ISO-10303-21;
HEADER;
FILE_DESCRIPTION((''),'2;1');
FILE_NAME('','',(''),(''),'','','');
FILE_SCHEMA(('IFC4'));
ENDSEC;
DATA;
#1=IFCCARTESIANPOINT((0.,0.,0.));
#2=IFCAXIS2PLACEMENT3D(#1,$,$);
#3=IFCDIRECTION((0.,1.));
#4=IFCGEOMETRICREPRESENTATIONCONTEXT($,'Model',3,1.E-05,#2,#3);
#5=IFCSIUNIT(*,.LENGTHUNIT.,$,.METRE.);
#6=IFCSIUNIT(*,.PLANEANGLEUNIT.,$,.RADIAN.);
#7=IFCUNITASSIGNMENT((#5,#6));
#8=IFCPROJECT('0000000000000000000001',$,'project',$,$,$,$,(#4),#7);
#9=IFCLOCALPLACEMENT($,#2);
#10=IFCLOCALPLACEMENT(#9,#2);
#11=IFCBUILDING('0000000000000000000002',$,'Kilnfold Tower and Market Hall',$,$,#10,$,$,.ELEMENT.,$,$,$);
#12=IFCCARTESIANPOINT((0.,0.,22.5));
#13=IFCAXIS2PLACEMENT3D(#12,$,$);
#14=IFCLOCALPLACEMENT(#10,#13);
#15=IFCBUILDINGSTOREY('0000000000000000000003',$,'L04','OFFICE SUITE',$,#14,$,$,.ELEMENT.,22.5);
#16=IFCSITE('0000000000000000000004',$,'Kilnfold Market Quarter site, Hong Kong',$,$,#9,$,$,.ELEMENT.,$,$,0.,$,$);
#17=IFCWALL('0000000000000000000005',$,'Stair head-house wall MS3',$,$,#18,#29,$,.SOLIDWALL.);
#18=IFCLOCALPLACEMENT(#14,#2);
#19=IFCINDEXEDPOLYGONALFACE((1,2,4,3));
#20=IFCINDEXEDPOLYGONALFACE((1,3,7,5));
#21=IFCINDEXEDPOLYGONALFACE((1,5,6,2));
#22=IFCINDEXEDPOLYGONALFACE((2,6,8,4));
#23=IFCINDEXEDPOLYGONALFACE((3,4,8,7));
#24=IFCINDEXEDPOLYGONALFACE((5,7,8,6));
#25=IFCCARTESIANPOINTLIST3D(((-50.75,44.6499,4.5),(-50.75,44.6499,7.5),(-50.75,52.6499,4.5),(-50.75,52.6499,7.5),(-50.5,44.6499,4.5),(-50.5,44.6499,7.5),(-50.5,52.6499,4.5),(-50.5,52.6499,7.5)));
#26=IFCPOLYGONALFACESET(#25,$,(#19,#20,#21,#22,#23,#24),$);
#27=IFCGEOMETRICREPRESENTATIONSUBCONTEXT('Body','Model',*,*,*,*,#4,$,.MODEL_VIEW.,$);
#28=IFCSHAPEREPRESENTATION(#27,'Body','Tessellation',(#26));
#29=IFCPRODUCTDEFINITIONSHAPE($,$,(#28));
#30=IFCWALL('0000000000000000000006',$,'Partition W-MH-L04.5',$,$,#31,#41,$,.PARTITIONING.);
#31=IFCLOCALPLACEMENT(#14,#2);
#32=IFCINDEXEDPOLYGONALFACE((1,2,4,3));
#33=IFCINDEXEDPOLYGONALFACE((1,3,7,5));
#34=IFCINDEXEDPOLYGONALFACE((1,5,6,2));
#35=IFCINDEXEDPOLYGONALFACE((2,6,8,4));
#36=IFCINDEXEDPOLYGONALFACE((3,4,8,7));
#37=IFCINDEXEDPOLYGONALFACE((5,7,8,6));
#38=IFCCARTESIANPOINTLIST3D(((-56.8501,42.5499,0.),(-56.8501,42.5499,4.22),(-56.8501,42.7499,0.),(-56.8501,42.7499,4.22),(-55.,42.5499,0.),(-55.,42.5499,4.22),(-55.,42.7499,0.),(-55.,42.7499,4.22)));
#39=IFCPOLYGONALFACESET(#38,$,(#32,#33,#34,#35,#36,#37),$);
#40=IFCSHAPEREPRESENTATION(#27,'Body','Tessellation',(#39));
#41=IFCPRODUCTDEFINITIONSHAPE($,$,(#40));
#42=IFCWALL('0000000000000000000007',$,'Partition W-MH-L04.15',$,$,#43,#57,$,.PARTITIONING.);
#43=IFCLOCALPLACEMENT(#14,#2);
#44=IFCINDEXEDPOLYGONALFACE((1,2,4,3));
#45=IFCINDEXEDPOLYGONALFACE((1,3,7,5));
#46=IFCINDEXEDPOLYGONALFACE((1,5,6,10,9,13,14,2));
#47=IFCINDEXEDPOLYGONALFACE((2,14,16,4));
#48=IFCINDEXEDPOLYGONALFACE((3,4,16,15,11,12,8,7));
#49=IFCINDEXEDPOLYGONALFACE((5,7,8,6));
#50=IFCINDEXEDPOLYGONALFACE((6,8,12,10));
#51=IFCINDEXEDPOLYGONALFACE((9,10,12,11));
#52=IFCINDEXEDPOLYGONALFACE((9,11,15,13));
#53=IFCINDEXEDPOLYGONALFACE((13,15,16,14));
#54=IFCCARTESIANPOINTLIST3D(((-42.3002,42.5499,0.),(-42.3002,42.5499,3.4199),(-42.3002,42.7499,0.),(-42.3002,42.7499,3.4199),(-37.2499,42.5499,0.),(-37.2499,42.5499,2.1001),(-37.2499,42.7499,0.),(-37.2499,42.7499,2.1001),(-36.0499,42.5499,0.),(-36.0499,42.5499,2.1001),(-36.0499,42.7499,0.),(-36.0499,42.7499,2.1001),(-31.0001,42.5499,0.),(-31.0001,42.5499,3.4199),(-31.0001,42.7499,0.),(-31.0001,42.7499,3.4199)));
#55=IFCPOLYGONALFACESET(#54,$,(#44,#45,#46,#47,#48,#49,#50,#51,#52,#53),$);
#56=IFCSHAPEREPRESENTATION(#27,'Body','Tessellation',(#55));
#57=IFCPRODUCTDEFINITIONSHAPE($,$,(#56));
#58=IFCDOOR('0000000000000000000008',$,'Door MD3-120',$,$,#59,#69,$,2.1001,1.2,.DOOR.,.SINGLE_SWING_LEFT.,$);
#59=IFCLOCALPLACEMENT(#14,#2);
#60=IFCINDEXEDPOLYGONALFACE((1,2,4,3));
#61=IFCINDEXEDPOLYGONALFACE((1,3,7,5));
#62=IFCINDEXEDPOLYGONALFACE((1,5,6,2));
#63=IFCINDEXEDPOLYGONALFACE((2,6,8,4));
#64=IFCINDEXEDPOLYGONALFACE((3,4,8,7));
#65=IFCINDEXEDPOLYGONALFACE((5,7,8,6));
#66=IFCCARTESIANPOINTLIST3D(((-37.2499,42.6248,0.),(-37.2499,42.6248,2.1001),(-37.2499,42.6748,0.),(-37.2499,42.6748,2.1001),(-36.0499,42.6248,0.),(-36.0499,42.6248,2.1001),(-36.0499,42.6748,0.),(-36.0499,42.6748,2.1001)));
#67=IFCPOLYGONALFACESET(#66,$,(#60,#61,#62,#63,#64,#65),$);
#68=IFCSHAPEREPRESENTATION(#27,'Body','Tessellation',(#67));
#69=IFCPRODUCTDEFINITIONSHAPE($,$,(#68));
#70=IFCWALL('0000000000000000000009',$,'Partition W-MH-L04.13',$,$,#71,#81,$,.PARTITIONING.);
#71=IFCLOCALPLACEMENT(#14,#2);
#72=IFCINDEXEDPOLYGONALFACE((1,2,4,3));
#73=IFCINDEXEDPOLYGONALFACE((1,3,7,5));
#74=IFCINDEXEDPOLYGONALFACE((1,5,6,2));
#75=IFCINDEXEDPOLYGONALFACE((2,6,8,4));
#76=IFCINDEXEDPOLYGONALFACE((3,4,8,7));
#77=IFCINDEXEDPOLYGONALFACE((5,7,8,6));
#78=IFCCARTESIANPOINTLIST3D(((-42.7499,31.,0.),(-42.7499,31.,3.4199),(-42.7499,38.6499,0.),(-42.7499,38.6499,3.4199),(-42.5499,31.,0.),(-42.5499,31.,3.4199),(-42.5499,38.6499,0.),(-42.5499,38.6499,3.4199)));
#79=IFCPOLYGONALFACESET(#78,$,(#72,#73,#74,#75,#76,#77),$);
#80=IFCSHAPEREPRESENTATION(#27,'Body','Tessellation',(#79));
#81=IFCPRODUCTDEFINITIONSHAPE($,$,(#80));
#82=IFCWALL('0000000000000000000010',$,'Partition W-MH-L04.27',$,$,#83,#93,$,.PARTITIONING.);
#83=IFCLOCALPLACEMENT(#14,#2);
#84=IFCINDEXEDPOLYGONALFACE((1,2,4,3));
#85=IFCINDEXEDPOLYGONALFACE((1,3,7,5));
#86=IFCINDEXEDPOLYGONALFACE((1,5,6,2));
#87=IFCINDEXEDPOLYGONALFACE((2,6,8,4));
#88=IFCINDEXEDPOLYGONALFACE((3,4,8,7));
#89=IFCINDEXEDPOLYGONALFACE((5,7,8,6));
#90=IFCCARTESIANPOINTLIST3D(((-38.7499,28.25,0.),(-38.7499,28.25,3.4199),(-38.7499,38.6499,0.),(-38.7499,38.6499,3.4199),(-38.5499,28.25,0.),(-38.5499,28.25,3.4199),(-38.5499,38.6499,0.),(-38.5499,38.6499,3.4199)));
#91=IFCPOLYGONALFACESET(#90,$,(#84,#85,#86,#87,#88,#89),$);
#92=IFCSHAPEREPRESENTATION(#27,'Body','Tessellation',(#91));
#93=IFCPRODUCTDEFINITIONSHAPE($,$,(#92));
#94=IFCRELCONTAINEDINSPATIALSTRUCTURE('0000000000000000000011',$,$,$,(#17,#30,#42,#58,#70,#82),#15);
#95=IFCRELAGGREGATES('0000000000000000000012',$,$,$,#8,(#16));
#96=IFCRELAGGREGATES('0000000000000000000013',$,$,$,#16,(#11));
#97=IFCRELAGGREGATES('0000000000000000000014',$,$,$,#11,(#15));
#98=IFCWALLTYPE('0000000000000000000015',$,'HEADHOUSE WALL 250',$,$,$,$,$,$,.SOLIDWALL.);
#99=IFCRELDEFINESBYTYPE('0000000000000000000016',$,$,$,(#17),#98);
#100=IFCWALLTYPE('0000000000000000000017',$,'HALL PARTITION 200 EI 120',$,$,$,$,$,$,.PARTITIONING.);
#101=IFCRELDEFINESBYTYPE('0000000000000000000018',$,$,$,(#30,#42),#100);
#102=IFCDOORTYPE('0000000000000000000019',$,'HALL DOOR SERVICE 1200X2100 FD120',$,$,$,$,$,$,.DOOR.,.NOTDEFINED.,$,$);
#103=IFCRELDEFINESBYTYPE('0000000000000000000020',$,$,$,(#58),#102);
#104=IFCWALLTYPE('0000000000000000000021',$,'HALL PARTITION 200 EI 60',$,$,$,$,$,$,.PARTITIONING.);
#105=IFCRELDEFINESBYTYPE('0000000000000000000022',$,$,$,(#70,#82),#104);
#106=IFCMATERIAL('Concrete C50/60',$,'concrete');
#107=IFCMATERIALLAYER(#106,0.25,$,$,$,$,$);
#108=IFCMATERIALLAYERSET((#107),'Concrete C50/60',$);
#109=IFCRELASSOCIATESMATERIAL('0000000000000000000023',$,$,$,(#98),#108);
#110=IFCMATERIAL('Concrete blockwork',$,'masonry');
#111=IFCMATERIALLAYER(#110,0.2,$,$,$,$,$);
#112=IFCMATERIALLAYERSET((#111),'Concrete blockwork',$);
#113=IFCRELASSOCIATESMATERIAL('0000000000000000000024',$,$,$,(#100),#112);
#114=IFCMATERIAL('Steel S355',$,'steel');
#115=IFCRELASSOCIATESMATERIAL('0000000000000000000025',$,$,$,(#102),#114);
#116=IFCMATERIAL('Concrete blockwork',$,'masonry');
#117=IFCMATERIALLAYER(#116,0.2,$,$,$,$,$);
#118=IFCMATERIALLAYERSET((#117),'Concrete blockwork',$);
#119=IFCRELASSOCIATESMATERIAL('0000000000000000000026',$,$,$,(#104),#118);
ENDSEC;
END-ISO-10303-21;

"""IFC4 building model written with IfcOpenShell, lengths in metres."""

from ifc_helpers import new_model, si_unit, direction, frame, frame_2d, origin, place, context, subcontext, project, spatial, rectangle, extrude, source, transform, mapped, material, layer, layer_set, type_object, element, fill, save


model = new_model("IFC4")

# Units and contexts
model_context = context("Model", 3, precision=1e-05, world=origin(), true_north=direction((0.0, 1.0)))
body_context = subcontext(model_context, "Body", "Model", "MODEL_VIEW")
ifc_project = project(units=[si_unit("LENGTHUNIT", "METRE"), si_unit("PLANEANGLEUNIT", "RADIAN")], contexts=[model_context])

# Site, building, storey
site_placement = place(None, origin())
site = spatial("IfcSite", under=ifc_project, at=site_placement, Name="Kilnfold Market Quarter site, Hong Kong", CompositionType="ELEMENT", RefElevation=0.0)
building_placement = place(site_placement, origin())
building = spatial("IfcBuilding", under=site, at=building_placement, Name="Kilnfold Tower and Market Hall", CompositionType="ELEMENT")
storey_placement = place(building_placement, frame((0.0, 0.0, 22.5)))
storey = spatial("IfcBuildingStorey", under=building, at=storey_placement, Name="L04", Description="OFFICE SUITE", CompositionType="ELEMENT", Elevation=22.5)

# Walls
ifc_material_1 = material(Name="Concrete C50/60", Category="concrete")
ifc_layer_1 = layer(ifc_material_1, 0.25)
ifc_layer_set_1 = layer_set([ifc_layer_1], Name="Concrete C50/60")
wall_type_1 = type_object("IfcWallType", Name="HEADHOUSE WALL 250", PredefinedType="SOLIDWALL", material=ifc_layer_set_1)
shared_shape_1 = source(origin(), body_context, "Body", "SweptSolid", [
    extrude(rectangle(XDim=8.0, YDim=0.25, at=frame_2d((4.0, 0.0))), origin(), (0.0, 0.0, 1.0), 3.0),
])
wall_1_placement = place(storey_placement, frame((-50.625, 44.6499, 4.5), z_axis=(0.0, 0.0, 1.0), x_axis=(0.0, 1.0, 0.0)))
element("IfcWall", 1, at=wall_1_placement, inside=storey, type_object=wall_type_1, Name="Stair head-house wall MS3", PredefinedType="SOLIDWALL", context=body_context, shape_type="MappedRepresentation", body=[
    mapped(shared_shape_1, transform((0.0, 0.0, 0.0))),
])
ifc_material_2 = material(Name="Concrete blockwork", Category="masonry")
ifc_layer_2 = layer(ifc_material_2, 0.2)
ifc_layer_set_2 = layer_set([ifc_layer_2], Name="Concrete blockwork")
wall_type_2 = type_object("IfcWallType", Name="HALL PARTITION 200 EI 120", PredefinedType="PARTITIONING", material=ifc_layer_set_2)
shared_shape_2 = source(origin(), body_context, "Body", "SweptSolid", [
    extrude(rectangle(XDim=1.8501, YDim=0.2, at=frame_2d((0.925, 0.0))), origin(), (0.0, 0.0, 1.0), 4.22),
])
wall_2_placement = place(storey_placement, frame((-56.8501, 42.6499, 0.0), z_axis=(0.0, 0.0, 1.0), x_axis=(1.0, 0.0, 0.0)))
element("IfcWall", 2, at=wall_2_placement, inside=storey, type_object=wall_type_2, Name="Partition W-MH-L04.5", PredefinedType="PARTITIONING", context=body_context, shape_type="MappedRepresentation", body=[
    mapped(shared_shape_2, transform((0.0, 0.0, 0.0))),
])

# Wall, opening, door
shared_shape_3 = source(origin(), body_context, "Body", "SweptSolid", [
    extrude(rectangle(XDim=11.3, YDim=0.2, at=frame_2d((5.6499, 0.0))), origin(), (0.0, 0.0, 1.0), 3.4199),
])
wall_3_placement = place(storey_placement, frame((-42.3, 42.6499, 0.0), z_axis=(0.0, 0.0, 1.0), x_axis=(1.0, 0.0, 0.0)))
wall_3 = element("IfcWall", 3, at=wall_3_placement, inside=storey, type_object=wall_type_2, Name="Partition W-MH-L04.15", PredefinedType="PARTITIONING", context=body_context, shape_type="MappedRepresentation", body=[
    mapped(shared_shape_3, transform((0.0, 0.0, 0.0))),
])
opening_1_placement = place(wall_3_placement, frame((5.05, 0.0, 0.0)))
opening_1 = element("IfcOpeningElement", 4, at=opening_1_placement, cuts=wall_3, PredefinedType="OPENING", context=body_context, shape_type="SweptSolid", body=[
    extrude(rectangle(XDim=1.2, YDim=2.1001, at=frame_2d((0.6001, 1.05))), frame((0.0, 0.1099, 0.0), z_axis=(0.0, -1.0, 0.0), x_axis=(1.0, 0.0, 0.0)), (0.0, 0.0, 1.0), 0.22),
])
ifc_material_3 = material(Name="Steel S355", Category="steel")
door_type_1 = type_object("IfcDoorType", Name="HALL DOOR SERVICE 1200X2100 FD120", OperationType="NOTDEFINED", PredefinedType="DOOR", material=ifc_material_3)
door_1_placement = place(opening_1_placement, origin())
door_1 = element("IfcDoor", 5, at=door_1_placement, inside=storey, type_object=door_type_1, Name="Door MD3-120", OperationType="SINGLE_SWING_LEFT", OverallHeight=2.1001, OverallWidth=1.2, PredefinedType="DOOR", context=body_context, shape_type="SweptSolid", body=[
    extrude(rectangle(XDim=1.2, YDim=2.1001, at=frame_2d((0.6001, 1.05))), frame((0.0, 0.0249, 0.0), z_axis=(0.0, -1.0, 0.0), x_axis=(1.0, 0.0, 0.0)), (0.0, 0.0, 1.0), 0.05),
])
fill(opening_1, door_1)

# Wall
ifc_material_4 = material(Name="Concrete blockwork", Category="masonry")
ifc_layer_3 = layer(ifc_material_4, 0.2)
ifc_layer_set_3 = layer_set([ifc_layer_3], Name="Concrete blockwork")
wall_type_3 = type_object("IfcWallType", Name="HALL PARTITION 200 EI 60", PredefinedType="PARTITIONING", material=ifc_layer_set_3)
shared_shape_4 = source(origin(), body_context, "Body", "SweptSolid", [
    extrude(rectangle(XDim=7.6499, YDim=0.2, at=frame_2d((3.825, 0.0))), origin(), (0.0, 0.0, 1.0), 3.4199),
])
wall_4_placement = place(storey_placement, frame((-42.6499, 31.0, 0.0), z_axis=(0.0, 0.0, 1.0), x_axis=(0.0, 1.0, 0.0)))
element("IfcWall", 6, at=wall_4_placement, inside=storey, type_object=wall_type_3, Name="Partition W-MH-L04.13", PredefinedType="PARTITIONING", context=body_context, shape_type="MappedRepresentation", body=[
    mapped(shared_shape_4, transform((0.0, 0.0, 0.0))),
])

# Wall
shared_shape_5 = source(origin(), body_context, "Body", "SweptSolid", [
    extrude(rectangle(XDim=10.3999, YDim=0.2, at=frame_2d((5.2, 0.0))), origin(), (0.0, 0.0, 1.0), 3.4199),
])
wall_5_placement = place(storey_placement, frame((-38.6499, 38.6499, 0.0), z_axis=(0.0, 0.0, 1.0), x_axis=(0.0, -1.0, 0.0)))
element("IfcWall", 7, at=wall_5_placement, inside=storey, type_object=wall_type_3, Name="Partition W-MH-L04.27", PredefinedType="PARTITIONING", context=body_context, shape_type="MappedRepresentation", body=[
    mapped(shared_shape_5, transform((0.0, 0.0, 0.0))),
])

save(model, "model.ifc")
